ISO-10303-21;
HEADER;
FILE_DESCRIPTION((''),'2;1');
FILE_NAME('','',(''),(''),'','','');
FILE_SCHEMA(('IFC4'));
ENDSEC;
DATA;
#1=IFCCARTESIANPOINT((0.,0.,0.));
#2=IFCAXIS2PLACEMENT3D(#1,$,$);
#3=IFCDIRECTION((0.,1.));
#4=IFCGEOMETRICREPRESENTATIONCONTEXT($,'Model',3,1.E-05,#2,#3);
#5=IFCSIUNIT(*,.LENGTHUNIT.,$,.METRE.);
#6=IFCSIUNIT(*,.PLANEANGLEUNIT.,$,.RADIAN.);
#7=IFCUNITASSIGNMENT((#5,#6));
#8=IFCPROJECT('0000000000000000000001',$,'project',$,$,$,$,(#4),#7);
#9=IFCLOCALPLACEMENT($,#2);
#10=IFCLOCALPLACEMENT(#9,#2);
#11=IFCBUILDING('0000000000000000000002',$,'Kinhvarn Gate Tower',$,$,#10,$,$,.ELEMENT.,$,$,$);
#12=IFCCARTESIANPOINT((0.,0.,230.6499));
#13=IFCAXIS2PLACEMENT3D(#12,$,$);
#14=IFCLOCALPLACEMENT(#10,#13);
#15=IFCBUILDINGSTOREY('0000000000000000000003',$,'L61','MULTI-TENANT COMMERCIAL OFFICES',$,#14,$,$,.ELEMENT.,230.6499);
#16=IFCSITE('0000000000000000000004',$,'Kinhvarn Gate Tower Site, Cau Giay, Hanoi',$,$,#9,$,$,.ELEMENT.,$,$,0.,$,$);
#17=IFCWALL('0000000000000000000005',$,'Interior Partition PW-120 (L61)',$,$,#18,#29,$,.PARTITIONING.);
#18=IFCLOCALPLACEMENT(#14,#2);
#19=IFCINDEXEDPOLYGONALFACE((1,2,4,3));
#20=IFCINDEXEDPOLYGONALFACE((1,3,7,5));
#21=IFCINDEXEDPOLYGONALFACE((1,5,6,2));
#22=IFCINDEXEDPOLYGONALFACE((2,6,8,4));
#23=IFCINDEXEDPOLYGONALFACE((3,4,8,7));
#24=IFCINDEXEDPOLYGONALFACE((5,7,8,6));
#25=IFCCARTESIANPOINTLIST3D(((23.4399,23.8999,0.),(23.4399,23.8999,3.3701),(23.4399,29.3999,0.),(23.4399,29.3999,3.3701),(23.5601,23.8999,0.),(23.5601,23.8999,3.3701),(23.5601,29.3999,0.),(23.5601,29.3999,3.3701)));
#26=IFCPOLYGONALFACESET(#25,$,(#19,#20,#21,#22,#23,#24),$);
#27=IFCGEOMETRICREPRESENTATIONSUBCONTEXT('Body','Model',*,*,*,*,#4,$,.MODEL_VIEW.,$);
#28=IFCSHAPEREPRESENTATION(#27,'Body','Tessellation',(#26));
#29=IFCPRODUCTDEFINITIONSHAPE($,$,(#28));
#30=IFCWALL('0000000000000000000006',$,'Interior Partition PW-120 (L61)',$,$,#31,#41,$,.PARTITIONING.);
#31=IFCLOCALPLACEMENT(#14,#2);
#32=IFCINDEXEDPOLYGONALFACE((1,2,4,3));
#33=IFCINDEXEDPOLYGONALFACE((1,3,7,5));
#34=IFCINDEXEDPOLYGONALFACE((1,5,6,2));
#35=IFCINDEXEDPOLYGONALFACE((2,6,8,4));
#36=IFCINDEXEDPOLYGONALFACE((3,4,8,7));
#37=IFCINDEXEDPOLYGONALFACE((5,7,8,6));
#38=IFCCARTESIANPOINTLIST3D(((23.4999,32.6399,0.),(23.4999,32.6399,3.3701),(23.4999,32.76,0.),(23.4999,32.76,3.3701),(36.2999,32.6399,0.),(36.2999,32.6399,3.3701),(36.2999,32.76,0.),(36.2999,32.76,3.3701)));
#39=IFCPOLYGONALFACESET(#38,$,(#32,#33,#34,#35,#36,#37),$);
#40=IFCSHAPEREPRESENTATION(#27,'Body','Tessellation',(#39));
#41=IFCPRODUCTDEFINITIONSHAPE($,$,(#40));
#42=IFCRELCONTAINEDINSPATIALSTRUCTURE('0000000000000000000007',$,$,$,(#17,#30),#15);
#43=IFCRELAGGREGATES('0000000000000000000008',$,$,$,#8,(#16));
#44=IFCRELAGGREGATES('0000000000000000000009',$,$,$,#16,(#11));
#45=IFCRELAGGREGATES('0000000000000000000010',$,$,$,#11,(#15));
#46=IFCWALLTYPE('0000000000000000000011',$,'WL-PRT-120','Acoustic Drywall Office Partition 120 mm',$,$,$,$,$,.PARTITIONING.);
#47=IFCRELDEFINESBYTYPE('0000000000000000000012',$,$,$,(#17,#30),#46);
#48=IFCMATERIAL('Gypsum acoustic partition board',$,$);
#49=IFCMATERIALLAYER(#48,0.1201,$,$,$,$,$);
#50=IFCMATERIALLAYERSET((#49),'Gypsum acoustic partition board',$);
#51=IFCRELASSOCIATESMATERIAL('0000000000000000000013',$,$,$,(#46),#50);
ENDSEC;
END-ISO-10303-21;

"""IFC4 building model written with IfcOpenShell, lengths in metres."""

from ifc_helpers import new_model, si_unit, direction, frame, frame_2d, origin, place, context, subcontext, project, spatial, rectangle, extrude, material, layer, layer_set, type_object, element, save


model = new_model("IFC4")

# Units and contexts
model_context = context("Model", 3, precision=1e-05, world=origin(), true_north=direction((0.0, 1.0)))
body_context = subcontext(model_context, "Body", "Model", "MODEL_VIEW")
ifc_project = project(units=[si_unit("LENGTHUNIT", "METRE"), si_unit("PLANEANGLEUNIT", "RADIAN")], contexts=[model_context])

# Site, building, storey
site_placement = place(None, origin())
site = spatial("IfcSite", under=ifc_project, at=site_placement, Name="Kinhvarn Gate Tower Site, Cau Giay, Hanoi", CompositionType="ELEMENT", RefElevation=0.0)
building_placement = place(site_placement, origin())
building = spatial("IfcBuilding", under=site, at=building_placement, Name="Kinhvarn Gate Tower", CompositionType="ELEMENT")
storey_placement = place(building_placement, frame((0.0, 0.0, 230.6499)))
storey = spatial("IfcBuildingStorey", under=building, at=storey_placement, Name="L61", Description="MULTI-TENANT COMMERCIAL OFFICES", CompositionType="ELEMENT", Elevation=230.6499)

# Walls
ifc_material_1 = material(Name="Gypsum acoustic partition board")
ifc_layer_1 = layer(ifc_material_1, 0.1201)
ifc_layer_set_1 = layer_set([ifc_layer_1], Name="Gypsum acoustic partition board")
wall_type_1 = type_object("IfcWallType", Name="WL-PRT-120", Description="Acoustic Drywall Office Partition 120 mm", PredefinedType="PARTITIONING", material=ifc_layer_set_1)
wall_1_placement = place(storey_placement, frame((23.5, 23.8999, 0.0), z_axis=(0.0, 0.0, 1.0), x_axis=(0.0, 1.0, 0.0)))
element("IfcWall", 1, at=wall_1_placement, inside=storey, type_object=wall_type_1, Name="Interior Partition PW-120 (L61)", PredefinedType="PARTITIONING", context=body_context, shape_type="SweptSolid", body=[
    extrude(rectangle(XDim=5.5, YDim=0.1201, at=frame_2d((2.75, 0.0))), origin(), (0.0, 0.0, 1.0), 3.3701),
])
wall_2_placement = place(storey_placement, frame((23.5, 32.7, 0.0), z_axis=(0.0, 0.0, 1.0), x_axis=(1.0, 0.0, 0.0)))
element("IfcWall", 2, at=wall_2_placement, inside=storey, type_object=wall_type_1, Name="Interior Partition PW-120 (L61)", PredefinedType="PARTITIONING", context=body_context, shape_type="SweptSolid", body=[
    extrude(rectangle(XDim=12.8, YDim=0.1201, at=frame_2d((6.3999, 0.0))), origin(), (0.0, 0.0, 1.0), 3.3701),
])

save(model, "model.ifc")
